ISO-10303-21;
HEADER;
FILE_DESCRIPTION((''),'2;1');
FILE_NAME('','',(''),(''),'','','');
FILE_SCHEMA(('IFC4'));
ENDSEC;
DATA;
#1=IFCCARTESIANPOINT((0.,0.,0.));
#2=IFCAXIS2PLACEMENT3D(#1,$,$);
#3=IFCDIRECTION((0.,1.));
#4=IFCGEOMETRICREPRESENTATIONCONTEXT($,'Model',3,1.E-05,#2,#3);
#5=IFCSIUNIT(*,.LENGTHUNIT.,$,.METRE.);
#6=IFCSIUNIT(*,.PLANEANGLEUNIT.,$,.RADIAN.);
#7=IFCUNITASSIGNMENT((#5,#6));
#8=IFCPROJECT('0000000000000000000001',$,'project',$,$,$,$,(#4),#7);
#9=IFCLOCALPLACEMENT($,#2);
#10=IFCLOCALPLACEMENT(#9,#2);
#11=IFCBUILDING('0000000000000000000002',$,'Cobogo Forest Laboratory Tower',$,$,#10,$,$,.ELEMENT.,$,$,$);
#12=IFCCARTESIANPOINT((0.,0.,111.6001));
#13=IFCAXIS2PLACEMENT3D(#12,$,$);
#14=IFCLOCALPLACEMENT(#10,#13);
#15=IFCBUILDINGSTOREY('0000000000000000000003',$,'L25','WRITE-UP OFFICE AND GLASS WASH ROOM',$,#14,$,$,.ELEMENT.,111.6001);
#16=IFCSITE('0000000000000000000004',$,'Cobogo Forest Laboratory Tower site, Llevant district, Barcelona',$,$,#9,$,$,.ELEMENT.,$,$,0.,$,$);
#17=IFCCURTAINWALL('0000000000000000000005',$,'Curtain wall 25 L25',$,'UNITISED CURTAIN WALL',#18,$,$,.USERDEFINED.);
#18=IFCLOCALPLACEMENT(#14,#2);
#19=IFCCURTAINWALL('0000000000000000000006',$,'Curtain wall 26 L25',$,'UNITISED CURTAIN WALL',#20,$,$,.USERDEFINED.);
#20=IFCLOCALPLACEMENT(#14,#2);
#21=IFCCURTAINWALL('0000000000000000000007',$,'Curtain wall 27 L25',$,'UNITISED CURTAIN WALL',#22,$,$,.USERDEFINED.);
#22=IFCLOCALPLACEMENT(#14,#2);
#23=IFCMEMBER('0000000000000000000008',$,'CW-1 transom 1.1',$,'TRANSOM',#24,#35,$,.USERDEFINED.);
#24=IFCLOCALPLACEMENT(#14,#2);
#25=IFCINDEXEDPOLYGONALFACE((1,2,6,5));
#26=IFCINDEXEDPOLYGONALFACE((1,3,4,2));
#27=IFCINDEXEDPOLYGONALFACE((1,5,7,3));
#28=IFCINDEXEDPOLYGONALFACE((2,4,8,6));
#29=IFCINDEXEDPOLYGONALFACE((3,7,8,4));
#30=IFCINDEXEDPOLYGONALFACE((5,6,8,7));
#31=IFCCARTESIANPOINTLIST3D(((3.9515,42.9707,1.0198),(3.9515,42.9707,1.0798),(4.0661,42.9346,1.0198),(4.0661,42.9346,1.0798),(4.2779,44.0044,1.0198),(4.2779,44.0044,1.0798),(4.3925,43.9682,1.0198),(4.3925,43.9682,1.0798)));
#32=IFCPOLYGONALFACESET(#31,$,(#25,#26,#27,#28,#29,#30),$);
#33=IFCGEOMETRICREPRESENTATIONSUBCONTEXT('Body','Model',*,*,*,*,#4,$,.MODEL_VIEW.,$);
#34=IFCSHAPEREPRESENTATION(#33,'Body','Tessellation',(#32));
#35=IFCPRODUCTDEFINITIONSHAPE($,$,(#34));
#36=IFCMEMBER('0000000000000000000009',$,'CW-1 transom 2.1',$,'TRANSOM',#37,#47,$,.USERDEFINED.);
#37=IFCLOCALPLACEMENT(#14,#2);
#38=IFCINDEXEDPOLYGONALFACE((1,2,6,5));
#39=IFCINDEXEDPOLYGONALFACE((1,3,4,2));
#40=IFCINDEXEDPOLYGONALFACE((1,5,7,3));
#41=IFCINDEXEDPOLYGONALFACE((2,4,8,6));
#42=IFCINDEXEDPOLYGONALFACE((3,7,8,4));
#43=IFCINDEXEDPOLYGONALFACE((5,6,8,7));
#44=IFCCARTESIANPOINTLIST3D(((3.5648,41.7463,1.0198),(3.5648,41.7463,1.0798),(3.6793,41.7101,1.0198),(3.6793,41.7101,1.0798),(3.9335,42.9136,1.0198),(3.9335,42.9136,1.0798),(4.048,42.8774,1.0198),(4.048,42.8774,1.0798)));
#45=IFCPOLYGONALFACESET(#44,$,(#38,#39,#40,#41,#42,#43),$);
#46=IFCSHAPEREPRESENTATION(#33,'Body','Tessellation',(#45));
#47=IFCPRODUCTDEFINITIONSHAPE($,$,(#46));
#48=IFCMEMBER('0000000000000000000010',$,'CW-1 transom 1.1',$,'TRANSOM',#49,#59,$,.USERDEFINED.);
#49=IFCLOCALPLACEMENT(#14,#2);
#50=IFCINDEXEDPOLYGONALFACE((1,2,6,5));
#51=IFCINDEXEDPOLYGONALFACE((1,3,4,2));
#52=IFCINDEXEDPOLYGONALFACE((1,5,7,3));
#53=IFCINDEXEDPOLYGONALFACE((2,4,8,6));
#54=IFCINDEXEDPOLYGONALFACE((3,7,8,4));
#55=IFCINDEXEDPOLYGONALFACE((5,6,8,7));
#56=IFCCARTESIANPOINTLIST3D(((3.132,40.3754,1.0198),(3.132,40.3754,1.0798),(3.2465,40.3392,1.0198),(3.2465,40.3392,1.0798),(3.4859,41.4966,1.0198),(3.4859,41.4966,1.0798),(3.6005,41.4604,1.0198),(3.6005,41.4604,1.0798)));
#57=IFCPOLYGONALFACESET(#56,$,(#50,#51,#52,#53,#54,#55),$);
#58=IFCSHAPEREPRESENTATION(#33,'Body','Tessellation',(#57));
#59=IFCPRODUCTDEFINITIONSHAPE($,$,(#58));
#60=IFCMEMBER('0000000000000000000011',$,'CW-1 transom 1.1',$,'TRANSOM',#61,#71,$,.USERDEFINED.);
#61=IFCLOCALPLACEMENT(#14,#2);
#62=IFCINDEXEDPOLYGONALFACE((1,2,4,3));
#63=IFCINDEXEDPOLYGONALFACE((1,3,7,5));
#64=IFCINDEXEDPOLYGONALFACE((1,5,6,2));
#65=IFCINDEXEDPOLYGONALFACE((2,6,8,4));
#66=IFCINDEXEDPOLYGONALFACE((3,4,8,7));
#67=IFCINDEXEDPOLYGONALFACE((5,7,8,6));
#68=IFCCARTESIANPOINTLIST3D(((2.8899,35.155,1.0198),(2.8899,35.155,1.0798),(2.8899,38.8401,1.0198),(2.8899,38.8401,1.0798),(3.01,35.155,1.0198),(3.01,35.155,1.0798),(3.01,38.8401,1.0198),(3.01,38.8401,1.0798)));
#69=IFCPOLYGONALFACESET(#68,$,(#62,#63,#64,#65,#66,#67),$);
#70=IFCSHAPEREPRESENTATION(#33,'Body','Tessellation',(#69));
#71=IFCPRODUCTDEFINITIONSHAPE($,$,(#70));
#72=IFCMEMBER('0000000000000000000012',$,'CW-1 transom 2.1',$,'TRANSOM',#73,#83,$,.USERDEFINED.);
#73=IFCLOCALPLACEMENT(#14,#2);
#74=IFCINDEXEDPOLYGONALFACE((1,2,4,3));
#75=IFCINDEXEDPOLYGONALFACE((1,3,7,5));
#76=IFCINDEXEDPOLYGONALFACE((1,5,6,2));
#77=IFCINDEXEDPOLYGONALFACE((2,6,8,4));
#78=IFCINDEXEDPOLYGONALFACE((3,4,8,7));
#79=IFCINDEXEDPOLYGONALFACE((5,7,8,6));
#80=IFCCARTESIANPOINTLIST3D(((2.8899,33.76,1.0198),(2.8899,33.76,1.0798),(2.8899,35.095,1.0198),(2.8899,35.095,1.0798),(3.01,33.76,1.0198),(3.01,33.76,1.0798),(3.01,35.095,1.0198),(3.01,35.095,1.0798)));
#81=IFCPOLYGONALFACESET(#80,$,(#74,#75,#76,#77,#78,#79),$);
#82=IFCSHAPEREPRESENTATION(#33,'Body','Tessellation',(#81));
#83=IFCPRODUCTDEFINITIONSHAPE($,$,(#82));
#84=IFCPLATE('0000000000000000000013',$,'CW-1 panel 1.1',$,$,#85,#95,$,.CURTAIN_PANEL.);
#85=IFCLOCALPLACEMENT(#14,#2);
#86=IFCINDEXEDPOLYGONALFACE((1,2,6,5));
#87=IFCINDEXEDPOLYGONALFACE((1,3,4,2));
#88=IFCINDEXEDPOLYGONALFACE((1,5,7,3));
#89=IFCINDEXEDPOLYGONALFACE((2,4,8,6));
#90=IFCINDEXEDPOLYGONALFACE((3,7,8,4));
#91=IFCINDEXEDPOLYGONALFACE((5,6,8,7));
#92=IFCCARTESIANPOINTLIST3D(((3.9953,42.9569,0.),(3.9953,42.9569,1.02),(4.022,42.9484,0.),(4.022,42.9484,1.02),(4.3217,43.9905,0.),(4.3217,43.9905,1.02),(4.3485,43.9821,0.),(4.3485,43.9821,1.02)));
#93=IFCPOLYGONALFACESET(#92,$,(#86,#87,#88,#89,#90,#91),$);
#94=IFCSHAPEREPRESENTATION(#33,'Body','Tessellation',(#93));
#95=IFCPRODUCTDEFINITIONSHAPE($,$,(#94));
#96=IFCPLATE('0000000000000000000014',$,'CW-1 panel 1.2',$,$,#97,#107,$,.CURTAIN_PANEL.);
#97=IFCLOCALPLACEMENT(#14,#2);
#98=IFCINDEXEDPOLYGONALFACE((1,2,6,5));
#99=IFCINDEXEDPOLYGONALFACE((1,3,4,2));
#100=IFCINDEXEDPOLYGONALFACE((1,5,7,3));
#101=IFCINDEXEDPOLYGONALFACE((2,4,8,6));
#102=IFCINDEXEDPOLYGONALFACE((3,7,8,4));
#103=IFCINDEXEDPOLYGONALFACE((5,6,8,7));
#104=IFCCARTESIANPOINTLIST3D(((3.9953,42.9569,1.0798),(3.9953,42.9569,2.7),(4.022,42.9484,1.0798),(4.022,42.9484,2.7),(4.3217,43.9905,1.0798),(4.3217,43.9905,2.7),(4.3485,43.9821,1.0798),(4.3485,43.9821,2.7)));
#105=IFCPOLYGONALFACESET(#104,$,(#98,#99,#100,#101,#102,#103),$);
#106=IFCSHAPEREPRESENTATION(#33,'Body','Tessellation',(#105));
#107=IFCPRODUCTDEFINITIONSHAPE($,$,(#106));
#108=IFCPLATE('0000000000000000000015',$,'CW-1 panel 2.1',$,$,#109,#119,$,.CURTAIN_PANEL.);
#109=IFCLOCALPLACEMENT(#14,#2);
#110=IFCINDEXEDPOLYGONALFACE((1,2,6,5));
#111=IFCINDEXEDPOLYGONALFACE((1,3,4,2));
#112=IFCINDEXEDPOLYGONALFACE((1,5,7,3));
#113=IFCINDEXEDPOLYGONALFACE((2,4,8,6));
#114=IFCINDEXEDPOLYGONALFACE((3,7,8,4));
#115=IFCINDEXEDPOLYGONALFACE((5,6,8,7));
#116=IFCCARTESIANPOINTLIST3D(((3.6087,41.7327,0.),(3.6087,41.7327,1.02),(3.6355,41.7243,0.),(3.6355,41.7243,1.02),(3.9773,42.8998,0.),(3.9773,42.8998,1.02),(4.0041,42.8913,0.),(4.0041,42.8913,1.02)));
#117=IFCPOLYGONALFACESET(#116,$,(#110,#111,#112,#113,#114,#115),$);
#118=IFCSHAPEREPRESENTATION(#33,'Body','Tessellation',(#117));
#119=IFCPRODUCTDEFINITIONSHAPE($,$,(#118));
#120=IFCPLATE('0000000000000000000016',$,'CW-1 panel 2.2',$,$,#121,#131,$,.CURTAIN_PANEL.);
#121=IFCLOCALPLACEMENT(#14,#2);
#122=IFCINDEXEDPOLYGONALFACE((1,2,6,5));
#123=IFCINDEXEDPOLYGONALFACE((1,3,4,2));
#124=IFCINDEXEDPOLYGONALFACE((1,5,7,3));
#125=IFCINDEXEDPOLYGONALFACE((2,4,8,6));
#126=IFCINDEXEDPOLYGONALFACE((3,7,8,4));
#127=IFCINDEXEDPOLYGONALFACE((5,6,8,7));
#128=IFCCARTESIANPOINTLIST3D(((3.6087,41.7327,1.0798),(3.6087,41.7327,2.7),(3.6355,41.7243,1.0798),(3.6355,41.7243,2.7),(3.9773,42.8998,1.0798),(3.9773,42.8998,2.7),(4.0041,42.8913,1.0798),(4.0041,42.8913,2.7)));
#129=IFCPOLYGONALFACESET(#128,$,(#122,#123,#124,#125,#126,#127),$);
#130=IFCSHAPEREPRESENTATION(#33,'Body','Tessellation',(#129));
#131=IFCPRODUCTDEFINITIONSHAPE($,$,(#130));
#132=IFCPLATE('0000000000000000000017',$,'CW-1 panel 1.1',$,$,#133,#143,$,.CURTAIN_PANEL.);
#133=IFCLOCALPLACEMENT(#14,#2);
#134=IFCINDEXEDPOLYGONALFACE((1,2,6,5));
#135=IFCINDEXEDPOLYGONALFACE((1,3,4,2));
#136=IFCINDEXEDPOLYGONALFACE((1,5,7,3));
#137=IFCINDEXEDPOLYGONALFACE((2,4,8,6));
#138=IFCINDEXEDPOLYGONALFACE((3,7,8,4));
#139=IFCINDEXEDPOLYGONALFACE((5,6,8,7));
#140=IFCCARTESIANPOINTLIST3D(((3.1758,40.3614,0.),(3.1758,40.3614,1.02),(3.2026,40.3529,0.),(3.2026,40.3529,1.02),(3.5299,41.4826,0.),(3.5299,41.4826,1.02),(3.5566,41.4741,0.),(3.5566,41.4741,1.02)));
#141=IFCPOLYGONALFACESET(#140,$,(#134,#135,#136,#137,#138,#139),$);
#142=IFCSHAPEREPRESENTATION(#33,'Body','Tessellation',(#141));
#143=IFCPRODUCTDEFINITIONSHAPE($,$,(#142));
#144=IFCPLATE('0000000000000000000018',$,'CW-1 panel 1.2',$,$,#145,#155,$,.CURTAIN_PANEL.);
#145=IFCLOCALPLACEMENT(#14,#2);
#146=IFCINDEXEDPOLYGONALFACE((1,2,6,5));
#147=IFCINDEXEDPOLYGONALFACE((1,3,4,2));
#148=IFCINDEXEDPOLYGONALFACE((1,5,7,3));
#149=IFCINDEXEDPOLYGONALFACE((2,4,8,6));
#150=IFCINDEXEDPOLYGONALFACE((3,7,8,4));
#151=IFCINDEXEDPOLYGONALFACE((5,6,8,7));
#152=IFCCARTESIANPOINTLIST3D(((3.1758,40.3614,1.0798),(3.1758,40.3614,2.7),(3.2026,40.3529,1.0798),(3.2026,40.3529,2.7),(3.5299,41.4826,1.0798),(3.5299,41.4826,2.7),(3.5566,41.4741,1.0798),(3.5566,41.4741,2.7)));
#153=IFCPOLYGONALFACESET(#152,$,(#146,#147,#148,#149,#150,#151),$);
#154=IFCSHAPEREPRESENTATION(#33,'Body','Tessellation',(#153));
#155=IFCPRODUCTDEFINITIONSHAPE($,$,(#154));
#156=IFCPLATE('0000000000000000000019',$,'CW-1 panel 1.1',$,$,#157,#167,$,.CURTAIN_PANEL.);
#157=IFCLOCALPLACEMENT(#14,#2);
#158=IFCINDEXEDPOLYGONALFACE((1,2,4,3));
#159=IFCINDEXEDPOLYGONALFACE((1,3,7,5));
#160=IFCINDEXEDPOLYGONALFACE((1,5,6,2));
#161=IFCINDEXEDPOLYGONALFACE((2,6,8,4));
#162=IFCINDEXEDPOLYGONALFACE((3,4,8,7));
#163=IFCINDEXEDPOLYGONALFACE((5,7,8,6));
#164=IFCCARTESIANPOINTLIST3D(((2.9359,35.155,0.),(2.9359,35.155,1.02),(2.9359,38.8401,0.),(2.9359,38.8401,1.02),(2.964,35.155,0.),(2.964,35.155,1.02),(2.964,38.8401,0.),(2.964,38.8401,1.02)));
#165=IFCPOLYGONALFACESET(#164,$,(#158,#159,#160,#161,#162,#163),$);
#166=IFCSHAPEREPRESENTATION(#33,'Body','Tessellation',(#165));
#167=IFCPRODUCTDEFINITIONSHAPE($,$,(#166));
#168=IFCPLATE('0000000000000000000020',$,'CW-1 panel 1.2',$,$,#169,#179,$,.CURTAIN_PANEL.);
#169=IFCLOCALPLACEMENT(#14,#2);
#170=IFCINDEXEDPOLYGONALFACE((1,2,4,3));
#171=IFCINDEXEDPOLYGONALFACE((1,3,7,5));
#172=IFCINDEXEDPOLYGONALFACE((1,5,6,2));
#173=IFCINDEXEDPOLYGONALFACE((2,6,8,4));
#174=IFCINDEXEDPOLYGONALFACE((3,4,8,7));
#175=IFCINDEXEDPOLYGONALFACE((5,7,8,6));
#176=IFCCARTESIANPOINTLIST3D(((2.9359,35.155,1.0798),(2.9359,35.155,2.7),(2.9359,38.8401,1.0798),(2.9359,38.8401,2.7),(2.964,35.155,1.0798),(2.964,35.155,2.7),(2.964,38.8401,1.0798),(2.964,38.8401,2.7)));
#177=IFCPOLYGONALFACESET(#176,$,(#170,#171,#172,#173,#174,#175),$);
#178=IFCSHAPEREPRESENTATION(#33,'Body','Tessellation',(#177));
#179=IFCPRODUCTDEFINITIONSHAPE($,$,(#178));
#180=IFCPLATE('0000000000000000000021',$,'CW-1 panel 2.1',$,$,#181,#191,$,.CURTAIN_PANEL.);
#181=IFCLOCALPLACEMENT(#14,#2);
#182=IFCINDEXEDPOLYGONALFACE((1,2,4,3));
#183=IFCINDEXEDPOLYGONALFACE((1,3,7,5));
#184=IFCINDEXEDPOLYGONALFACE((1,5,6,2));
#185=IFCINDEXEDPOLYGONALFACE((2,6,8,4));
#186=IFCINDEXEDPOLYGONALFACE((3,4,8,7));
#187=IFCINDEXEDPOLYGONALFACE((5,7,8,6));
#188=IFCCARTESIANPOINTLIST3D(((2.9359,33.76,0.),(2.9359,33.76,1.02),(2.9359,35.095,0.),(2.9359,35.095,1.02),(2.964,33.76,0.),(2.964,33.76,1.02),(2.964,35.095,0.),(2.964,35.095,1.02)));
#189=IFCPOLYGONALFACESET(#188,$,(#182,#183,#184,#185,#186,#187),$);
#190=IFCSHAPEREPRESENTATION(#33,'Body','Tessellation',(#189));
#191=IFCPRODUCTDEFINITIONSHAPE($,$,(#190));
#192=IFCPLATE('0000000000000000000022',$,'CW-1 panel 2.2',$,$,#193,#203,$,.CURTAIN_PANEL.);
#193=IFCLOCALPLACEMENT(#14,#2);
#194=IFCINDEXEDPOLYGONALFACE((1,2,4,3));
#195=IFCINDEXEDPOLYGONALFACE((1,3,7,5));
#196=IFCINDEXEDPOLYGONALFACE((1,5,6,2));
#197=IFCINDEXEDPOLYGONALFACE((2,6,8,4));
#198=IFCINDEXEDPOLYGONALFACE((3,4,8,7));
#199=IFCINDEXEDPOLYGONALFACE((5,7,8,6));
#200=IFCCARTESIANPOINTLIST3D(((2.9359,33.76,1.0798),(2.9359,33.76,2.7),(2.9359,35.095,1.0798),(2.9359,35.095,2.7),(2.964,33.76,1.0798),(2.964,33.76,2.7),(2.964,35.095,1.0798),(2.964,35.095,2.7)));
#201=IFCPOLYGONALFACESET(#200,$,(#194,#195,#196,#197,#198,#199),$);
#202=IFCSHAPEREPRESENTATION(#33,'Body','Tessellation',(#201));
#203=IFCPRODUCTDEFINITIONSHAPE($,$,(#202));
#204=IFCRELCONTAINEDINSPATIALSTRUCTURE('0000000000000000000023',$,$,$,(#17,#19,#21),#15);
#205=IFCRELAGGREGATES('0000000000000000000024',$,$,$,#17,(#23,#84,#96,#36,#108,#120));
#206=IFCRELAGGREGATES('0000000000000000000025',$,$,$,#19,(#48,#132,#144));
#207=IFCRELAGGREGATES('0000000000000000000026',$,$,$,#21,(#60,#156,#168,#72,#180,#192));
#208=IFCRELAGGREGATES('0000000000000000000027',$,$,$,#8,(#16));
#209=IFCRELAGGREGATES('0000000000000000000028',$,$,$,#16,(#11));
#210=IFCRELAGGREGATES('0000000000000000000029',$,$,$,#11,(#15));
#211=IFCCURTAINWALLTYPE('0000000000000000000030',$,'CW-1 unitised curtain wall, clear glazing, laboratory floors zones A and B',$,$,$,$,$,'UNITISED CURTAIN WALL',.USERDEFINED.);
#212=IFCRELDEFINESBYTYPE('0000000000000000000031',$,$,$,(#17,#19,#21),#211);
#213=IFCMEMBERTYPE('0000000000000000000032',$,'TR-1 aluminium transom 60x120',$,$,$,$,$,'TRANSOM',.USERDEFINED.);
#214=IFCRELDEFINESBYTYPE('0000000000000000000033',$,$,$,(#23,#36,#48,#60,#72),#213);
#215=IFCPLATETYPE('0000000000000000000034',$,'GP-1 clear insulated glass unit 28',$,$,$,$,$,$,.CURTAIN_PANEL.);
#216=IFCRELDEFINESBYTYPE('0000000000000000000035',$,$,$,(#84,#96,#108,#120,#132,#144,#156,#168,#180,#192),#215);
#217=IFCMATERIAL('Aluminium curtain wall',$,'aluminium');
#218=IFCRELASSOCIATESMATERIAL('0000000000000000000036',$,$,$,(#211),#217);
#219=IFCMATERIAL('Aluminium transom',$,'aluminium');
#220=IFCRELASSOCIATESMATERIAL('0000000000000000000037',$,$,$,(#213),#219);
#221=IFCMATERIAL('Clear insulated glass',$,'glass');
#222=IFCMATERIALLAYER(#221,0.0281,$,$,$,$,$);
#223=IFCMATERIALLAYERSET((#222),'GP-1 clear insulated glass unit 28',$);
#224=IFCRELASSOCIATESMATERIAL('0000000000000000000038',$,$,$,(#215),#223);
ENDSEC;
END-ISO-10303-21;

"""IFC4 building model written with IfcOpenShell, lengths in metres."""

from ifc_helpers import new_model, si_unit, direction, frame, origin, origin_2d, place, context, subcontext, project, spatial, rectangle, extrude, material, layer, layer_set, material_profile, profile_set, type_object, element, aggregate, save


model = new_model("IFC4")

# Units and contexts
model_context = context("Model", 3, precision=1e-05, world=origin(), true_north=direction((0.0, 1.0)))
body_context = subcontext(model_context, "Body", "Model", "MODEL_VIEW")
ifc_project = project(units=[si_unit("LENGTHUNIT", "METRE"), si_unit("PLANEANGLEUNIT", "RADIAN")], contexts=[model_context])

# Site, building, storey
site_placement = place(None, origin())
site = spatial("IfcSite", under=ifc_project, at=site_placement, Name="Cobogo Forest Laboratory Tower site, Llevant district, Barcelona", CompositionType="ELEMENT", RefElevation=0.0)
building_placement = place(site_placement, origin())
building = spatial("IfcBuilding", under=site, at=building_placement, Name="Cobogo Forest Laboratory Tower", CompositionType="ELEMENT")
storey_placement = place(building_placement, frame((0.0, 0.0, 111.6001)))
storey = spatial("IfcBuildingStorey", under=building, at=storey_placement, Name="L25", Description="WRITE-UP OFFICE AND GLASS WASH ROOM", CompositionType="ELEMENT", Elevation=111.6001)

# Curtain walls
ifc_material_1 = material(Name="Aluminium curtain wall", Category="aluminium")
curtain_wall_type = type_object("IfcCurtainWallType", Name="CW-1 unitised curtain wall, clear glazing, laboratory floors zones A and B", ElementType="UNITISED CURTAIN WALL", PredefinedType="USERDEFINED", material=ifc_material_1)
curtain_wall_1_placement = place(storey_placement, origin())
curtain_wall_1 = element("IfcCurtainWall", 1, at=curtain_wall_1_placement, inside=storey, type_object=curtain_wall_type, Name="Curtain wall 25 L25", ObjectType="UNITISED CURTAIN WALL", PredefinedType="USERDEFINED")
curtain_wall_2_placement = place(storey_placement, origin())
curtain_wall_2 = element("IfcCurtainWall", 2, at=curtain_wall_2_placement, inside=storey, type_object=curtain_wall_type, Name="Curtain wall 26 L25", ObjectType="UNITISED CURTAIN WALL", PredefinedType="USERDEFINED")
curtain_wall_3_placement = place(storey_placement, origin())
curtain_wall_3 = element("IfcCurtainWall", 3, at=curtain_wall_3_placement, inside=storey, type_object=curtain_wall_type, Name="Curtain wall 27 L25", ObjectType="UNITISED CURTAIN WALL", PredefinedType="USERDEFINED")

# Members
ifc_material_2 = material(Name="Aluminium transom", Category="aluminium")
ifc_material_profile_1 = material_profile(ifc_material_2, rectangle(XDim=0.1201, YDim=0.0601, at=origin_2d()), Name="AL 60x120")
ifc_profile_set_1 = profile_set([ifc_material_profile_1], Name="Aluminium transom")
member_type_1 = type_object("IfcMemberType", Name="TR-1 aluminium transom 60x120", ElementType="TRANSOM", PredefinedType="USERDEFINED", material=ifc_profile_set_1)
member_1_placement = place(storey_placement, frame((4.3352, 43.9863, 1.0498), z_axis=(-0.301121, -0.953586, 0.0), x_axis=(0.953586, -0.301121, 0.0)))
member_1 = element("IfcMember", 4, at=member_1_placement, type_object=member_type_1, Name="CW-1 transom 1.1", ObjectType="TRANSOM", PredefinedType="USERDEFINED", context=body_context, shape_type="SweptSolid", body=[
    extrude(rectangle(XDim=0.1201, YDim=0.0601, at=origin_2d()), origin(), (0.0, 0.0, 1.0), 1.084),
])
member_2_placement = place(storey_placement, frame((3.9907, 42.8955, 1.0498), z_axis=(-0.30117, -0.953571, 0.0), x_axis=(0.953571, -0.30117, 0.0)))
member_2 = element("IfcMember", 5, at=member_2_placement, type_object=member_type_1, Name="CW-1 transom 2.1", ObjectType="TRANSOM", PredefinedType="USERDEFINED", context=body_context, shape_type="SweptSolid", body=[
    extrude(rectangle(XDim=0.1201, YDim=0.0601, at=origin_2d()), origin(), (0.0, 0.0, 1.0), 1.2241),
])
member_3_placement = place(storey_placement, frame((3.5432, 41.4785, 1.0498), z_axis=(-0.301052, -0.953608, 0.0), x_axis=(0.953608, -0.301052, 0.0)))
member_3 = element("IfcMember", 6, at=member_3_placement, type_object=member_type_1, Name="CW-1 transom 1.1", ObjectType="TRANSOM", PredefinedType="USERDEFINED", context=body_context, shape_type="SweptSolid", body=[
    extrude(rectangle(XDim=0.1201, YDim=0.0601, at=origin_2d()), origin(), (0.0, 0.0, 1.0), 1.1758),
])
member_4_placement = place(storey_placement, frame((2.95, 38.8401, 1.0498), z_axis=(0.0, -1.0, 0.0), x_axis=(1.0, 0.0, 0.0)))
member_4 = element("IfcMember", 7, at=member_4_placement, type_object=member_type_1, Name="CW-1 transom 1.1", ObjectType="TRANSOM", PredefinedType="USERDEFINED", context=body_context, shape_type="SweptSolid", body=[
    extrude(rectangle(XDim=0.1201, YDim=0.0601, at=origin_2d()), origin(), (0.0, 0.0, 1.0), 3.6851),
])
member_5_placement = place(storey_placement, frame((2.95, 35.095, 1.0498), z_axis=(0.0, -1.0, 0.0), x_axis=(1.0, 0.0, 0.0)))
member_5 = element("IfcMember", 8, at=member_5_placement, type_object=member_type_1, Name="CW-1 transom 2.1", ObjectType="TRANSOM", PredefinedType="USERDEFINED", context=body_context, shape_type="SweptSolid", body=[
    extrude(rectangle(XDim=0.1201, YDim=0.0601, at=origin_2d()), origin(), (0.0, 0.0, 1.0), 1.335),
])

# Plates
ifc_material_3 = material(Name="Clear insulated glass", Category="glass")
ifc_layer_1 = layer(ifc_material_3, 0.0281)
ifc_layer_set_1 = layer_set([ifc_layer_1], Name="GP-1 clear insulated glass unit 28")
plate_type_1 = type_object("IfcPlateType", Name="GP-1 clear insulated glass unit 28", PredefinedType="CURTAIN_PANEL", material=ifc_layer_set_1)
plate_1_placement = place(storey_placement, frame((4.1719, 43.4695, 0.0), z_axis=(0.0, 0.0, 1.0), x_axis=(-0.301135, -0.953581, 0.0)))
plate_1 = element("IfcPlate", 9, at=plate_1_placement, type_object=plate_type_1, Name="CW-1 panel 1.1", PredefinedType="CURTAIN_PANEL", context=body_context, shape_type="SweptSolid", body=[
    extrude(rectangle(XDim=1.084, YDim=0.0281, at=origin_2d()), origin(), (0.0, 0.0, 1.0), 1.02),
])
plate_2_placement = place(storey_placement, frame((4.1719, 43.4695, 1.0798), z_axis=(0.0, 0.0, 1.0), x_axis=(-0.301135, -0.953581, 0.0)))
plate_2 = element("IfcPlate", 10, at=plate_2_placement, type_object=plate_type_1, Name="CW-1 panel 1.2", PredefinedType="CURTAIN_PANEL", context=body_context, shape_type="SweptSolid", body=[
    extrude(rectangle(XDim=1.084, YDim=0.0281, at=origin_2d()), origin(), (0.0, 0.0, 1.0), 1.6201),
])
plate_3_placement = place(storey_placement, frame((3.8064, 42.312, 0.0), z_axis=(0.0, 0.0, 1.0), x_axis=(-0.301135, -0.953581, 0.0)))
plate_3 = element("IfcPlate", 11, at=plate_3_placement, type_object=plate_type_1, Name="CW-1 panel 2.1", PredefinedType="CURTAIN_PANEL", context=body_context, shape_type="SweptSolid", body=[
    extrude(rectangle(XDim=1.2239, YDim=0.0281, at=origin_2d()), origin(), (0.0, 0.0, 1.0), 1.02),
])
plate_4_placement = place(storey_placement, frame((3.8064, 42.312, 1.0798), z_axis=(0.0, 0.0, 1.0), x_axis=(-0.301135, -0.953581, 0.0)))
plate_4 = element("IfcPlate", 12, at=plate_4_placement, type_object=plate_type_1, Name="CW-1 panel 2.2", PredefinedType="CURTAIN_PANEL", context=body_context, shape_type="SweptSolid", body=[
    extrude(rectangle(XDim=1.2239, YDim=0.0281, at=origin_2d()), origin(), (0.0, 0.0, 1.0), 1.6201),
])
aggregate(curtain_wall_1, [member_1, plate_1, plate_2, member_2, plate_3, plate_4])
plate_5_placement = place(storey_placement, frame((3.3662, 40.9177, 0.0), z_axis=(0.0, 0.0, 1.0), x_axis=(-0.301135, -0.953581, 0.0)))
plate_5 = element("IfcPlate", 13, at=plate_5_placement, type_object=plate_type_1, Name="CW-1 panel 1.1", PredefinedType="CURTAIN_PANEL", context=body_context, shape_type="SweptSolid", body=[
    extrude(rectangle(XDim=1.1758, YDim=0.0281, at=origin_2d()), origin(), (0.0, 0.0, 1.0), 1.02),
])
plate_6_placement = place(storey_placement, frame((3.3662, 40.9177, 1.0798), z_axis=(0.0, 0.0, 1.0), x_axis=(-0.301135, -0.953581, 0.0)))
plate_6 = element("IfcPlate", 14, at=plate_6_placement, type_object=plate_type_1, Name="CW-1 panel 1.2", PredefinedType="CURTAIN_PANEL", context=body_context, shape_type="SweptSolid", body=[
    extrude(rectangle(XDim=1.1758, YDim=0.0281, at=origin_2d()), origin(), (0.0, 0.0, 1.0), 1.6201),
])
aggregate(curtain_wall_2, [member_3, plate_5, plate_6])
plate_7_placement = place(storey_placement, frame((2.95, 36.9976, 0.0), z_axis=(0.0, 0.0, 1.0), x_axis=(0.0, -1.0, 0.0)))
plate_7 = element("IfcPlate", 15, at=plate_7_placement, type_object=plate_type_1, Name="CW-1 panel 1.1", PredefinedType="CURTAIN_PANEL", context=body_context, shape_type="SweptSolid", body=[
    extrude(rectangle(XDim=3.6851, YDim=0.0281, at=origin_2d()), origin(), (0.0, 0.0, 1.0), 1.02),
])
plate_8_placement = place(storey_placement, frame((2.95, 36.9976, 1.0798), z_axis=(0.0, 0.0, 1.0), x_axis=(0.0, -1.0, 0.0)))
plate_8 = element("IfcPlate", 16, at=plate_8_placement, type_object=plate_type_1, Name="CW-1 panel 1.2", PredefinedType="CURTAIN_PANEL", context=body_context, shape_type="SweptSolid", body=[
    extrude(rectangle(XDim=3.6851, YDim=0.0281, at=origin_2d()), origin(), (0.0, 0.0, 1.0), 1.6201),
])
plate_9_placement = place(storey_placement, frame((2.95, 34.4275, 0.0), z_axis=(0.0, 0.0, 1.0), x_axis=(0.0, -1.0, 0.0)))
plate_9 = element("IfcPlate", 17, at=plate_9_placement, type_object=plate_type_1, Name="CW-1 panel 2.1", PredefinedType="CURTAIN_PANEL", context=body_context, shape_type="SweptSolid", body=[
    extrude(rectangle(XDim=1.335, YDim=0.0281, at=origin_2d()), origin(), (0.0, 0.0, 1.0), 1.02),
])
plate_10_placement = place(storey_placement, frame((2.95, 34.4275, 1.0798), z_axis=(0.0, 0.0, 1.0), x_axis=(0.0, -1.0, 0.0)))
plate_10 = element("IfcPlate", 18, at=plate_10_placement, type_object=plate_type_1, Name="CW-1 panel 2.2", PredefinedType="CURTAIN_PANEL", context=body_context, shape_type="SweptSolid", body=[
    extrude(rectangle(XDim=1.335, YDim=0.0281, at=origin_2d()), origin(), (0.0, 0.0, 1.0), 1.6201),
])
aggregate(curtain_wall_3, [member_4, plate_7, plate_8, member_5, plate_9, plate_10])

save(model, "model.ifc")
